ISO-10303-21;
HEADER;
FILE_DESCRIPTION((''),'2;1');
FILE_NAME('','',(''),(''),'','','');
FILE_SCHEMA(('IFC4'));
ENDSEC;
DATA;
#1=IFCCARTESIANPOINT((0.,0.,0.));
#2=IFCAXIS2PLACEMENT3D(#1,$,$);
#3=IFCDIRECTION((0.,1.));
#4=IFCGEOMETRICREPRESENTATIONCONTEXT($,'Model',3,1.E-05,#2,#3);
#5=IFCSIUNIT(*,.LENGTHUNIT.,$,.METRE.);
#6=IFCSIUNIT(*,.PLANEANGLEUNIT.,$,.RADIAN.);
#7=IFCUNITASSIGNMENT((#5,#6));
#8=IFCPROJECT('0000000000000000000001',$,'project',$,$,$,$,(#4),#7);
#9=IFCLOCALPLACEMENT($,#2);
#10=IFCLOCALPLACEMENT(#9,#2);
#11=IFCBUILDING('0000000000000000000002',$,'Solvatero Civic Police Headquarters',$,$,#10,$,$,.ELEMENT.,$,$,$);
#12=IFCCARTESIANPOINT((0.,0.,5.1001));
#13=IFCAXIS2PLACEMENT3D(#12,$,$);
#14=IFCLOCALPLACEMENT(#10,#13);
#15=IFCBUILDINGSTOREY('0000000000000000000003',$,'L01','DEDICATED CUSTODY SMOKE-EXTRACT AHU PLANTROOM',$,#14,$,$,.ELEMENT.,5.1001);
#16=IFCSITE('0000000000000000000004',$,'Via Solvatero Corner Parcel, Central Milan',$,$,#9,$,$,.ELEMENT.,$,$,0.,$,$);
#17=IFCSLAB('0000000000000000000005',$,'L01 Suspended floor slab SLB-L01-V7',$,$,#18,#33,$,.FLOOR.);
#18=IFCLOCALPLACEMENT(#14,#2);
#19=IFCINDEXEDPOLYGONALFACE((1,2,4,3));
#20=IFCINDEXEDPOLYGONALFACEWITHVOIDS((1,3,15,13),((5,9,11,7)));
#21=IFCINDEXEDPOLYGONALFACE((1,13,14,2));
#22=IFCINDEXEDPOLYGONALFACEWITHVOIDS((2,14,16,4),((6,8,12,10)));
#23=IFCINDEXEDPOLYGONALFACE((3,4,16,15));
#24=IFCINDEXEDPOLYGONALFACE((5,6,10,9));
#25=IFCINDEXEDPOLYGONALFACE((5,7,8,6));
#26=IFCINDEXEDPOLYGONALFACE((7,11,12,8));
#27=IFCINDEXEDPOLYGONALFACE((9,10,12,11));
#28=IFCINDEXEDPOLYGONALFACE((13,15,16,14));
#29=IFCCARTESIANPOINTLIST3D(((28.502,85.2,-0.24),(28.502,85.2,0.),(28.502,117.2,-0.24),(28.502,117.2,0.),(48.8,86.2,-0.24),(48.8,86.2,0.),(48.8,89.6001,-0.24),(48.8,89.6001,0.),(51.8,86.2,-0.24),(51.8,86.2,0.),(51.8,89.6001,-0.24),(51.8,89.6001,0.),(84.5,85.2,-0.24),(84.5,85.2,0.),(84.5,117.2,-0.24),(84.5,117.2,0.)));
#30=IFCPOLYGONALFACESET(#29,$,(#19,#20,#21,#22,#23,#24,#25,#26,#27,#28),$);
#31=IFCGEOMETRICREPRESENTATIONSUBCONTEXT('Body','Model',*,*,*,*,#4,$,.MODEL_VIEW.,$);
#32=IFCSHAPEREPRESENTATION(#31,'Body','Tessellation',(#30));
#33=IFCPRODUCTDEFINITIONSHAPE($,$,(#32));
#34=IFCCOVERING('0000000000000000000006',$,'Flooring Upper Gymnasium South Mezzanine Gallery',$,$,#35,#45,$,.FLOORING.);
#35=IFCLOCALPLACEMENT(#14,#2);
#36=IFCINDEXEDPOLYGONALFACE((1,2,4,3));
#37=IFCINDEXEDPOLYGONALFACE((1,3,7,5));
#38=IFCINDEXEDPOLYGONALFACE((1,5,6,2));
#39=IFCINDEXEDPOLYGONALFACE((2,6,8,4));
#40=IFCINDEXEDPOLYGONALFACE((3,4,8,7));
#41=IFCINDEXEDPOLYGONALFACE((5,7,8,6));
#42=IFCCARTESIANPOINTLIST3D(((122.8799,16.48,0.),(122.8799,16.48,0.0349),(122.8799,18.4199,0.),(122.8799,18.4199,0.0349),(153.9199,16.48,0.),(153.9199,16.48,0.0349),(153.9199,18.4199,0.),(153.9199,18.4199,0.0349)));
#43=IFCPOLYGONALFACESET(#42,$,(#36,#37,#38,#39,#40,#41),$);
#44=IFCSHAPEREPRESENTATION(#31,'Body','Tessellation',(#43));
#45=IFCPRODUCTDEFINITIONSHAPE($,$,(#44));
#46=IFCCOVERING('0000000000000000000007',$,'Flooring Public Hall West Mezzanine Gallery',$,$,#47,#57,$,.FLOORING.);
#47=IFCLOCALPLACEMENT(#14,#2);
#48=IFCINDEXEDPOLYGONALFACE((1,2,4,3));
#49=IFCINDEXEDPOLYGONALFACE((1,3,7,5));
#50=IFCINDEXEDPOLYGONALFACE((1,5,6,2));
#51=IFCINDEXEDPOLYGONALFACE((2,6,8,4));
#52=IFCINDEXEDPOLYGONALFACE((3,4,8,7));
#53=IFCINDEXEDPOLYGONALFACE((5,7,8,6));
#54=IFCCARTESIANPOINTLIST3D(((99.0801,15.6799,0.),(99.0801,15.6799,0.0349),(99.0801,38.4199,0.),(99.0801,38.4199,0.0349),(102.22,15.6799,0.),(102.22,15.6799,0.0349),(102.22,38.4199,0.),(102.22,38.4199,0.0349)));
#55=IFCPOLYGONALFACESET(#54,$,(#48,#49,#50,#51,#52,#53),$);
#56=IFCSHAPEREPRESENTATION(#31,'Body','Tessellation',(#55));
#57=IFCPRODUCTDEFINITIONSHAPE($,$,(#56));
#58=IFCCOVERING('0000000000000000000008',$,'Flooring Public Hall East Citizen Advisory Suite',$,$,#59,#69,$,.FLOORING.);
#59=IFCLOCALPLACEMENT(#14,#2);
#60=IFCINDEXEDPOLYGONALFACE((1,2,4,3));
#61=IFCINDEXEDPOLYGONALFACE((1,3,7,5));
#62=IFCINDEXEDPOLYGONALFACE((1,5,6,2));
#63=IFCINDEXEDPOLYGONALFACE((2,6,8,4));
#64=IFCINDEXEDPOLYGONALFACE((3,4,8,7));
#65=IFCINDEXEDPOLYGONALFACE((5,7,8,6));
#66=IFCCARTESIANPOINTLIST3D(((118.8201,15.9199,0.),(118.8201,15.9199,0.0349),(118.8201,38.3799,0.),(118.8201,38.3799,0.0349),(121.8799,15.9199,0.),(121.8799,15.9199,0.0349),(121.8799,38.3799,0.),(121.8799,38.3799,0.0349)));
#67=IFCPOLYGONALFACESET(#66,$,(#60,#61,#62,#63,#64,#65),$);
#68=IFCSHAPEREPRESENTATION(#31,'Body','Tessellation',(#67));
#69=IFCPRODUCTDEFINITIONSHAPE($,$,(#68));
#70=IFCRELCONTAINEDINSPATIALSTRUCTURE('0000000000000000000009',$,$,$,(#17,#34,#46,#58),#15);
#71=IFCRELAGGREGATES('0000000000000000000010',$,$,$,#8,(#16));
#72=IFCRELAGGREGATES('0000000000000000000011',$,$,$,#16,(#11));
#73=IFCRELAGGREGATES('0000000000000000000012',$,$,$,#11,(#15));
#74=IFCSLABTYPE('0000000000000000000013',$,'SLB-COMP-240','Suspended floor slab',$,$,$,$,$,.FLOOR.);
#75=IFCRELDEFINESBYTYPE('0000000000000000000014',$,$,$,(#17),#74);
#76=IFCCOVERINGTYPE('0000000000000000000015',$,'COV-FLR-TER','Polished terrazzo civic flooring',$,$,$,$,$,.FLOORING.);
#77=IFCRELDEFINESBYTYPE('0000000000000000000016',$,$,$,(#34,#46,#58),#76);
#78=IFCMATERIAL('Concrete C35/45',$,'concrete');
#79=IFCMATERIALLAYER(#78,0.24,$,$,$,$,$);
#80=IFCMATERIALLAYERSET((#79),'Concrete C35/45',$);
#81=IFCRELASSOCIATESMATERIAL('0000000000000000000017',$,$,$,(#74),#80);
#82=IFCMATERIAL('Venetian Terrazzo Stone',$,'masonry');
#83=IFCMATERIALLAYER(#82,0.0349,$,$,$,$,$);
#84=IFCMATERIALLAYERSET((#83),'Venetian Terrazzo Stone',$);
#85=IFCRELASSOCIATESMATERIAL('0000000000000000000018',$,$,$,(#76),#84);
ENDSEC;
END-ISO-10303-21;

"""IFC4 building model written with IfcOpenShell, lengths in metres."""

from ifc_helpers import new_model, si_unit, direction, frame, origin, place, context, subcontext, project, spatial, polyline, outline, extrude, material, layer, layer_set, type_object, element, save


model = new_model("IFC4")

# Units and contexts
model_context = context("Model", 3, precision=1e-05, world=origin(), true_north=direction((0.0, 1.0)))
body_context = subcontext(model_context, "Body", "Model", "MODEL_VIEW")
ifc_project = project(units=[si_unit("LENGTHUNIT", "METRE"), si_unit("PLANEANGLEUNIT", "RADIAN")], contexts=[model_context])

# Site, building, storey
site_placement = place(None, origin())
site = spatial("IfcSite", under=ifc_project, at=site_placement, Name="Via Solvatero Corner Parcel, Central Milan", CompositionType="ELEMENT", RefElevation=0.0)
building_placement = place(site_placement, origin())
building = spatial("IfcBuilding", under=site, at=building_placement, Name="Solvatero Civic Police Headquarters", CompositionType="ELEMENT")
storey_placement = place(building_placement, frame((0.0, 0.0, 5.1001)))
storey = spatial("IfcBuildingStorey", under=building, at=storey_placement, Name="L01", Description="DEDICATED CUSTODY SMOKE-EXTRACT AHU PLANTROOM", CompositionType="ELEMENT", Elevation=5.1001)

# Slab
ifc_material_1 = material(Name="Concrete C35/45", Category="concrete")
ifc_layer_1 = layer(ifc_material_1, 0.24)
ifc_layer_set_1 = layer_set([ifc_layer_1], Name="Concrete C35/45")
slab_type_1 = type_object("IfcSlabType", Name="SLB-COMP-240", Description="Suspended floor slab", PredefinedType="FLOOR", material=ifc_layer_set_1)
slab_1_placement = place(storey_placement, frame((0.0, 0.0, -0.24)))
element("IfcSlab", 1, at=slab_1_placement, inside=storey, type_object=slab_type_1, Name="L01 Suspended floor slab SLB-L01-V7", PredefinedType="FLOOR", context=body_context, shape_type="SweptSolid", body=[
    extrude(outline(polyline([(84.5, 117.2), (84.5, 85.2), (28.502, 85.2), (28.502, 117.2), (84.5, 117.2)]), holes=[polyline([(51.8, 86.2), (51.8, 89.6001), (48.8, 89.6001), (48.8, 86.2), (51.8, 86.2)])]), origin(), (0.0, 0.0, 1.0), 0.24),
])

# Coverings
ifc_material_2 = material(Name="Venetian Terrazzo Stone", Category="masonry")
ifc_layer_2 = layer(ifc_material_2, 0.0349)
ifc_layer_set_2 = layer_set([ifc_layer_2], Name="Venetian Terrazzo Stone")
covering_type = type_object("IfcCoveringType", Name="COV-FLR-TER", Description="Polished terrazzo civic flooring", PredefinedType="FLOORING", material=ifc_layer_set_2)
covering_1_placement = place(storey_placement, origin())
element("IfcCovering", 2, at=covering_1_placement, inside=storey, type_object=covering_type, Name="Flooring Upper Gymnasium South Mezzanine Gallery", PredefinedType="FLOORING", context=body_context, shape_type="SweptSolid", body=[
    extrude(outline(polyline([(122.8799, 16.48), (122.8799, 18.4199), (153.9199, 18.4199), (153.9199, 16.48), (122.8799, 16.48)])), origin(), (0.0, 0.0, 1.0), 0.0349),
])
covering_2_placement = place(storey_placement, origin())
element("IfcCovering", 3, at=covering_2_placement, inside=storey, type_object=covering_type, Name="Flooring Public Hall West Mezzanine Gallery", PredefinedType="FLOORING", context=body_context, shape_type="SweptSolid", body=[
    extrude(outline(polyline([(99.0801, 15.6799), (99.0801, 38.4199), (102.22, 38.4199), (102.22, 15.6799), (99.0801, 15.6799)])), origin(), (0.0, 0.0, 1.0), 0.0349),
])
covering_3_placement = place(storey_placement, origin())
element("IfcCovering", 4, at=covering_3_placement, inside=storey, type_object=covering_type, Name="Flooring Public Hall East Citizen Advisory Suite", PredefinedType="FLOORING", context=body_context, shape_type="SweptSolid", body=[
    extrude(outline(polyline([(118.8201, 15.9199), (118.8201, 38.3799), (121.8799, 38.3799), (121.8799, 15.9199), (118.8201, 15.9199)])), origin(), (0.0, 0.0, 1.0), 0.0349),
])

save(model, "model.ifc")
